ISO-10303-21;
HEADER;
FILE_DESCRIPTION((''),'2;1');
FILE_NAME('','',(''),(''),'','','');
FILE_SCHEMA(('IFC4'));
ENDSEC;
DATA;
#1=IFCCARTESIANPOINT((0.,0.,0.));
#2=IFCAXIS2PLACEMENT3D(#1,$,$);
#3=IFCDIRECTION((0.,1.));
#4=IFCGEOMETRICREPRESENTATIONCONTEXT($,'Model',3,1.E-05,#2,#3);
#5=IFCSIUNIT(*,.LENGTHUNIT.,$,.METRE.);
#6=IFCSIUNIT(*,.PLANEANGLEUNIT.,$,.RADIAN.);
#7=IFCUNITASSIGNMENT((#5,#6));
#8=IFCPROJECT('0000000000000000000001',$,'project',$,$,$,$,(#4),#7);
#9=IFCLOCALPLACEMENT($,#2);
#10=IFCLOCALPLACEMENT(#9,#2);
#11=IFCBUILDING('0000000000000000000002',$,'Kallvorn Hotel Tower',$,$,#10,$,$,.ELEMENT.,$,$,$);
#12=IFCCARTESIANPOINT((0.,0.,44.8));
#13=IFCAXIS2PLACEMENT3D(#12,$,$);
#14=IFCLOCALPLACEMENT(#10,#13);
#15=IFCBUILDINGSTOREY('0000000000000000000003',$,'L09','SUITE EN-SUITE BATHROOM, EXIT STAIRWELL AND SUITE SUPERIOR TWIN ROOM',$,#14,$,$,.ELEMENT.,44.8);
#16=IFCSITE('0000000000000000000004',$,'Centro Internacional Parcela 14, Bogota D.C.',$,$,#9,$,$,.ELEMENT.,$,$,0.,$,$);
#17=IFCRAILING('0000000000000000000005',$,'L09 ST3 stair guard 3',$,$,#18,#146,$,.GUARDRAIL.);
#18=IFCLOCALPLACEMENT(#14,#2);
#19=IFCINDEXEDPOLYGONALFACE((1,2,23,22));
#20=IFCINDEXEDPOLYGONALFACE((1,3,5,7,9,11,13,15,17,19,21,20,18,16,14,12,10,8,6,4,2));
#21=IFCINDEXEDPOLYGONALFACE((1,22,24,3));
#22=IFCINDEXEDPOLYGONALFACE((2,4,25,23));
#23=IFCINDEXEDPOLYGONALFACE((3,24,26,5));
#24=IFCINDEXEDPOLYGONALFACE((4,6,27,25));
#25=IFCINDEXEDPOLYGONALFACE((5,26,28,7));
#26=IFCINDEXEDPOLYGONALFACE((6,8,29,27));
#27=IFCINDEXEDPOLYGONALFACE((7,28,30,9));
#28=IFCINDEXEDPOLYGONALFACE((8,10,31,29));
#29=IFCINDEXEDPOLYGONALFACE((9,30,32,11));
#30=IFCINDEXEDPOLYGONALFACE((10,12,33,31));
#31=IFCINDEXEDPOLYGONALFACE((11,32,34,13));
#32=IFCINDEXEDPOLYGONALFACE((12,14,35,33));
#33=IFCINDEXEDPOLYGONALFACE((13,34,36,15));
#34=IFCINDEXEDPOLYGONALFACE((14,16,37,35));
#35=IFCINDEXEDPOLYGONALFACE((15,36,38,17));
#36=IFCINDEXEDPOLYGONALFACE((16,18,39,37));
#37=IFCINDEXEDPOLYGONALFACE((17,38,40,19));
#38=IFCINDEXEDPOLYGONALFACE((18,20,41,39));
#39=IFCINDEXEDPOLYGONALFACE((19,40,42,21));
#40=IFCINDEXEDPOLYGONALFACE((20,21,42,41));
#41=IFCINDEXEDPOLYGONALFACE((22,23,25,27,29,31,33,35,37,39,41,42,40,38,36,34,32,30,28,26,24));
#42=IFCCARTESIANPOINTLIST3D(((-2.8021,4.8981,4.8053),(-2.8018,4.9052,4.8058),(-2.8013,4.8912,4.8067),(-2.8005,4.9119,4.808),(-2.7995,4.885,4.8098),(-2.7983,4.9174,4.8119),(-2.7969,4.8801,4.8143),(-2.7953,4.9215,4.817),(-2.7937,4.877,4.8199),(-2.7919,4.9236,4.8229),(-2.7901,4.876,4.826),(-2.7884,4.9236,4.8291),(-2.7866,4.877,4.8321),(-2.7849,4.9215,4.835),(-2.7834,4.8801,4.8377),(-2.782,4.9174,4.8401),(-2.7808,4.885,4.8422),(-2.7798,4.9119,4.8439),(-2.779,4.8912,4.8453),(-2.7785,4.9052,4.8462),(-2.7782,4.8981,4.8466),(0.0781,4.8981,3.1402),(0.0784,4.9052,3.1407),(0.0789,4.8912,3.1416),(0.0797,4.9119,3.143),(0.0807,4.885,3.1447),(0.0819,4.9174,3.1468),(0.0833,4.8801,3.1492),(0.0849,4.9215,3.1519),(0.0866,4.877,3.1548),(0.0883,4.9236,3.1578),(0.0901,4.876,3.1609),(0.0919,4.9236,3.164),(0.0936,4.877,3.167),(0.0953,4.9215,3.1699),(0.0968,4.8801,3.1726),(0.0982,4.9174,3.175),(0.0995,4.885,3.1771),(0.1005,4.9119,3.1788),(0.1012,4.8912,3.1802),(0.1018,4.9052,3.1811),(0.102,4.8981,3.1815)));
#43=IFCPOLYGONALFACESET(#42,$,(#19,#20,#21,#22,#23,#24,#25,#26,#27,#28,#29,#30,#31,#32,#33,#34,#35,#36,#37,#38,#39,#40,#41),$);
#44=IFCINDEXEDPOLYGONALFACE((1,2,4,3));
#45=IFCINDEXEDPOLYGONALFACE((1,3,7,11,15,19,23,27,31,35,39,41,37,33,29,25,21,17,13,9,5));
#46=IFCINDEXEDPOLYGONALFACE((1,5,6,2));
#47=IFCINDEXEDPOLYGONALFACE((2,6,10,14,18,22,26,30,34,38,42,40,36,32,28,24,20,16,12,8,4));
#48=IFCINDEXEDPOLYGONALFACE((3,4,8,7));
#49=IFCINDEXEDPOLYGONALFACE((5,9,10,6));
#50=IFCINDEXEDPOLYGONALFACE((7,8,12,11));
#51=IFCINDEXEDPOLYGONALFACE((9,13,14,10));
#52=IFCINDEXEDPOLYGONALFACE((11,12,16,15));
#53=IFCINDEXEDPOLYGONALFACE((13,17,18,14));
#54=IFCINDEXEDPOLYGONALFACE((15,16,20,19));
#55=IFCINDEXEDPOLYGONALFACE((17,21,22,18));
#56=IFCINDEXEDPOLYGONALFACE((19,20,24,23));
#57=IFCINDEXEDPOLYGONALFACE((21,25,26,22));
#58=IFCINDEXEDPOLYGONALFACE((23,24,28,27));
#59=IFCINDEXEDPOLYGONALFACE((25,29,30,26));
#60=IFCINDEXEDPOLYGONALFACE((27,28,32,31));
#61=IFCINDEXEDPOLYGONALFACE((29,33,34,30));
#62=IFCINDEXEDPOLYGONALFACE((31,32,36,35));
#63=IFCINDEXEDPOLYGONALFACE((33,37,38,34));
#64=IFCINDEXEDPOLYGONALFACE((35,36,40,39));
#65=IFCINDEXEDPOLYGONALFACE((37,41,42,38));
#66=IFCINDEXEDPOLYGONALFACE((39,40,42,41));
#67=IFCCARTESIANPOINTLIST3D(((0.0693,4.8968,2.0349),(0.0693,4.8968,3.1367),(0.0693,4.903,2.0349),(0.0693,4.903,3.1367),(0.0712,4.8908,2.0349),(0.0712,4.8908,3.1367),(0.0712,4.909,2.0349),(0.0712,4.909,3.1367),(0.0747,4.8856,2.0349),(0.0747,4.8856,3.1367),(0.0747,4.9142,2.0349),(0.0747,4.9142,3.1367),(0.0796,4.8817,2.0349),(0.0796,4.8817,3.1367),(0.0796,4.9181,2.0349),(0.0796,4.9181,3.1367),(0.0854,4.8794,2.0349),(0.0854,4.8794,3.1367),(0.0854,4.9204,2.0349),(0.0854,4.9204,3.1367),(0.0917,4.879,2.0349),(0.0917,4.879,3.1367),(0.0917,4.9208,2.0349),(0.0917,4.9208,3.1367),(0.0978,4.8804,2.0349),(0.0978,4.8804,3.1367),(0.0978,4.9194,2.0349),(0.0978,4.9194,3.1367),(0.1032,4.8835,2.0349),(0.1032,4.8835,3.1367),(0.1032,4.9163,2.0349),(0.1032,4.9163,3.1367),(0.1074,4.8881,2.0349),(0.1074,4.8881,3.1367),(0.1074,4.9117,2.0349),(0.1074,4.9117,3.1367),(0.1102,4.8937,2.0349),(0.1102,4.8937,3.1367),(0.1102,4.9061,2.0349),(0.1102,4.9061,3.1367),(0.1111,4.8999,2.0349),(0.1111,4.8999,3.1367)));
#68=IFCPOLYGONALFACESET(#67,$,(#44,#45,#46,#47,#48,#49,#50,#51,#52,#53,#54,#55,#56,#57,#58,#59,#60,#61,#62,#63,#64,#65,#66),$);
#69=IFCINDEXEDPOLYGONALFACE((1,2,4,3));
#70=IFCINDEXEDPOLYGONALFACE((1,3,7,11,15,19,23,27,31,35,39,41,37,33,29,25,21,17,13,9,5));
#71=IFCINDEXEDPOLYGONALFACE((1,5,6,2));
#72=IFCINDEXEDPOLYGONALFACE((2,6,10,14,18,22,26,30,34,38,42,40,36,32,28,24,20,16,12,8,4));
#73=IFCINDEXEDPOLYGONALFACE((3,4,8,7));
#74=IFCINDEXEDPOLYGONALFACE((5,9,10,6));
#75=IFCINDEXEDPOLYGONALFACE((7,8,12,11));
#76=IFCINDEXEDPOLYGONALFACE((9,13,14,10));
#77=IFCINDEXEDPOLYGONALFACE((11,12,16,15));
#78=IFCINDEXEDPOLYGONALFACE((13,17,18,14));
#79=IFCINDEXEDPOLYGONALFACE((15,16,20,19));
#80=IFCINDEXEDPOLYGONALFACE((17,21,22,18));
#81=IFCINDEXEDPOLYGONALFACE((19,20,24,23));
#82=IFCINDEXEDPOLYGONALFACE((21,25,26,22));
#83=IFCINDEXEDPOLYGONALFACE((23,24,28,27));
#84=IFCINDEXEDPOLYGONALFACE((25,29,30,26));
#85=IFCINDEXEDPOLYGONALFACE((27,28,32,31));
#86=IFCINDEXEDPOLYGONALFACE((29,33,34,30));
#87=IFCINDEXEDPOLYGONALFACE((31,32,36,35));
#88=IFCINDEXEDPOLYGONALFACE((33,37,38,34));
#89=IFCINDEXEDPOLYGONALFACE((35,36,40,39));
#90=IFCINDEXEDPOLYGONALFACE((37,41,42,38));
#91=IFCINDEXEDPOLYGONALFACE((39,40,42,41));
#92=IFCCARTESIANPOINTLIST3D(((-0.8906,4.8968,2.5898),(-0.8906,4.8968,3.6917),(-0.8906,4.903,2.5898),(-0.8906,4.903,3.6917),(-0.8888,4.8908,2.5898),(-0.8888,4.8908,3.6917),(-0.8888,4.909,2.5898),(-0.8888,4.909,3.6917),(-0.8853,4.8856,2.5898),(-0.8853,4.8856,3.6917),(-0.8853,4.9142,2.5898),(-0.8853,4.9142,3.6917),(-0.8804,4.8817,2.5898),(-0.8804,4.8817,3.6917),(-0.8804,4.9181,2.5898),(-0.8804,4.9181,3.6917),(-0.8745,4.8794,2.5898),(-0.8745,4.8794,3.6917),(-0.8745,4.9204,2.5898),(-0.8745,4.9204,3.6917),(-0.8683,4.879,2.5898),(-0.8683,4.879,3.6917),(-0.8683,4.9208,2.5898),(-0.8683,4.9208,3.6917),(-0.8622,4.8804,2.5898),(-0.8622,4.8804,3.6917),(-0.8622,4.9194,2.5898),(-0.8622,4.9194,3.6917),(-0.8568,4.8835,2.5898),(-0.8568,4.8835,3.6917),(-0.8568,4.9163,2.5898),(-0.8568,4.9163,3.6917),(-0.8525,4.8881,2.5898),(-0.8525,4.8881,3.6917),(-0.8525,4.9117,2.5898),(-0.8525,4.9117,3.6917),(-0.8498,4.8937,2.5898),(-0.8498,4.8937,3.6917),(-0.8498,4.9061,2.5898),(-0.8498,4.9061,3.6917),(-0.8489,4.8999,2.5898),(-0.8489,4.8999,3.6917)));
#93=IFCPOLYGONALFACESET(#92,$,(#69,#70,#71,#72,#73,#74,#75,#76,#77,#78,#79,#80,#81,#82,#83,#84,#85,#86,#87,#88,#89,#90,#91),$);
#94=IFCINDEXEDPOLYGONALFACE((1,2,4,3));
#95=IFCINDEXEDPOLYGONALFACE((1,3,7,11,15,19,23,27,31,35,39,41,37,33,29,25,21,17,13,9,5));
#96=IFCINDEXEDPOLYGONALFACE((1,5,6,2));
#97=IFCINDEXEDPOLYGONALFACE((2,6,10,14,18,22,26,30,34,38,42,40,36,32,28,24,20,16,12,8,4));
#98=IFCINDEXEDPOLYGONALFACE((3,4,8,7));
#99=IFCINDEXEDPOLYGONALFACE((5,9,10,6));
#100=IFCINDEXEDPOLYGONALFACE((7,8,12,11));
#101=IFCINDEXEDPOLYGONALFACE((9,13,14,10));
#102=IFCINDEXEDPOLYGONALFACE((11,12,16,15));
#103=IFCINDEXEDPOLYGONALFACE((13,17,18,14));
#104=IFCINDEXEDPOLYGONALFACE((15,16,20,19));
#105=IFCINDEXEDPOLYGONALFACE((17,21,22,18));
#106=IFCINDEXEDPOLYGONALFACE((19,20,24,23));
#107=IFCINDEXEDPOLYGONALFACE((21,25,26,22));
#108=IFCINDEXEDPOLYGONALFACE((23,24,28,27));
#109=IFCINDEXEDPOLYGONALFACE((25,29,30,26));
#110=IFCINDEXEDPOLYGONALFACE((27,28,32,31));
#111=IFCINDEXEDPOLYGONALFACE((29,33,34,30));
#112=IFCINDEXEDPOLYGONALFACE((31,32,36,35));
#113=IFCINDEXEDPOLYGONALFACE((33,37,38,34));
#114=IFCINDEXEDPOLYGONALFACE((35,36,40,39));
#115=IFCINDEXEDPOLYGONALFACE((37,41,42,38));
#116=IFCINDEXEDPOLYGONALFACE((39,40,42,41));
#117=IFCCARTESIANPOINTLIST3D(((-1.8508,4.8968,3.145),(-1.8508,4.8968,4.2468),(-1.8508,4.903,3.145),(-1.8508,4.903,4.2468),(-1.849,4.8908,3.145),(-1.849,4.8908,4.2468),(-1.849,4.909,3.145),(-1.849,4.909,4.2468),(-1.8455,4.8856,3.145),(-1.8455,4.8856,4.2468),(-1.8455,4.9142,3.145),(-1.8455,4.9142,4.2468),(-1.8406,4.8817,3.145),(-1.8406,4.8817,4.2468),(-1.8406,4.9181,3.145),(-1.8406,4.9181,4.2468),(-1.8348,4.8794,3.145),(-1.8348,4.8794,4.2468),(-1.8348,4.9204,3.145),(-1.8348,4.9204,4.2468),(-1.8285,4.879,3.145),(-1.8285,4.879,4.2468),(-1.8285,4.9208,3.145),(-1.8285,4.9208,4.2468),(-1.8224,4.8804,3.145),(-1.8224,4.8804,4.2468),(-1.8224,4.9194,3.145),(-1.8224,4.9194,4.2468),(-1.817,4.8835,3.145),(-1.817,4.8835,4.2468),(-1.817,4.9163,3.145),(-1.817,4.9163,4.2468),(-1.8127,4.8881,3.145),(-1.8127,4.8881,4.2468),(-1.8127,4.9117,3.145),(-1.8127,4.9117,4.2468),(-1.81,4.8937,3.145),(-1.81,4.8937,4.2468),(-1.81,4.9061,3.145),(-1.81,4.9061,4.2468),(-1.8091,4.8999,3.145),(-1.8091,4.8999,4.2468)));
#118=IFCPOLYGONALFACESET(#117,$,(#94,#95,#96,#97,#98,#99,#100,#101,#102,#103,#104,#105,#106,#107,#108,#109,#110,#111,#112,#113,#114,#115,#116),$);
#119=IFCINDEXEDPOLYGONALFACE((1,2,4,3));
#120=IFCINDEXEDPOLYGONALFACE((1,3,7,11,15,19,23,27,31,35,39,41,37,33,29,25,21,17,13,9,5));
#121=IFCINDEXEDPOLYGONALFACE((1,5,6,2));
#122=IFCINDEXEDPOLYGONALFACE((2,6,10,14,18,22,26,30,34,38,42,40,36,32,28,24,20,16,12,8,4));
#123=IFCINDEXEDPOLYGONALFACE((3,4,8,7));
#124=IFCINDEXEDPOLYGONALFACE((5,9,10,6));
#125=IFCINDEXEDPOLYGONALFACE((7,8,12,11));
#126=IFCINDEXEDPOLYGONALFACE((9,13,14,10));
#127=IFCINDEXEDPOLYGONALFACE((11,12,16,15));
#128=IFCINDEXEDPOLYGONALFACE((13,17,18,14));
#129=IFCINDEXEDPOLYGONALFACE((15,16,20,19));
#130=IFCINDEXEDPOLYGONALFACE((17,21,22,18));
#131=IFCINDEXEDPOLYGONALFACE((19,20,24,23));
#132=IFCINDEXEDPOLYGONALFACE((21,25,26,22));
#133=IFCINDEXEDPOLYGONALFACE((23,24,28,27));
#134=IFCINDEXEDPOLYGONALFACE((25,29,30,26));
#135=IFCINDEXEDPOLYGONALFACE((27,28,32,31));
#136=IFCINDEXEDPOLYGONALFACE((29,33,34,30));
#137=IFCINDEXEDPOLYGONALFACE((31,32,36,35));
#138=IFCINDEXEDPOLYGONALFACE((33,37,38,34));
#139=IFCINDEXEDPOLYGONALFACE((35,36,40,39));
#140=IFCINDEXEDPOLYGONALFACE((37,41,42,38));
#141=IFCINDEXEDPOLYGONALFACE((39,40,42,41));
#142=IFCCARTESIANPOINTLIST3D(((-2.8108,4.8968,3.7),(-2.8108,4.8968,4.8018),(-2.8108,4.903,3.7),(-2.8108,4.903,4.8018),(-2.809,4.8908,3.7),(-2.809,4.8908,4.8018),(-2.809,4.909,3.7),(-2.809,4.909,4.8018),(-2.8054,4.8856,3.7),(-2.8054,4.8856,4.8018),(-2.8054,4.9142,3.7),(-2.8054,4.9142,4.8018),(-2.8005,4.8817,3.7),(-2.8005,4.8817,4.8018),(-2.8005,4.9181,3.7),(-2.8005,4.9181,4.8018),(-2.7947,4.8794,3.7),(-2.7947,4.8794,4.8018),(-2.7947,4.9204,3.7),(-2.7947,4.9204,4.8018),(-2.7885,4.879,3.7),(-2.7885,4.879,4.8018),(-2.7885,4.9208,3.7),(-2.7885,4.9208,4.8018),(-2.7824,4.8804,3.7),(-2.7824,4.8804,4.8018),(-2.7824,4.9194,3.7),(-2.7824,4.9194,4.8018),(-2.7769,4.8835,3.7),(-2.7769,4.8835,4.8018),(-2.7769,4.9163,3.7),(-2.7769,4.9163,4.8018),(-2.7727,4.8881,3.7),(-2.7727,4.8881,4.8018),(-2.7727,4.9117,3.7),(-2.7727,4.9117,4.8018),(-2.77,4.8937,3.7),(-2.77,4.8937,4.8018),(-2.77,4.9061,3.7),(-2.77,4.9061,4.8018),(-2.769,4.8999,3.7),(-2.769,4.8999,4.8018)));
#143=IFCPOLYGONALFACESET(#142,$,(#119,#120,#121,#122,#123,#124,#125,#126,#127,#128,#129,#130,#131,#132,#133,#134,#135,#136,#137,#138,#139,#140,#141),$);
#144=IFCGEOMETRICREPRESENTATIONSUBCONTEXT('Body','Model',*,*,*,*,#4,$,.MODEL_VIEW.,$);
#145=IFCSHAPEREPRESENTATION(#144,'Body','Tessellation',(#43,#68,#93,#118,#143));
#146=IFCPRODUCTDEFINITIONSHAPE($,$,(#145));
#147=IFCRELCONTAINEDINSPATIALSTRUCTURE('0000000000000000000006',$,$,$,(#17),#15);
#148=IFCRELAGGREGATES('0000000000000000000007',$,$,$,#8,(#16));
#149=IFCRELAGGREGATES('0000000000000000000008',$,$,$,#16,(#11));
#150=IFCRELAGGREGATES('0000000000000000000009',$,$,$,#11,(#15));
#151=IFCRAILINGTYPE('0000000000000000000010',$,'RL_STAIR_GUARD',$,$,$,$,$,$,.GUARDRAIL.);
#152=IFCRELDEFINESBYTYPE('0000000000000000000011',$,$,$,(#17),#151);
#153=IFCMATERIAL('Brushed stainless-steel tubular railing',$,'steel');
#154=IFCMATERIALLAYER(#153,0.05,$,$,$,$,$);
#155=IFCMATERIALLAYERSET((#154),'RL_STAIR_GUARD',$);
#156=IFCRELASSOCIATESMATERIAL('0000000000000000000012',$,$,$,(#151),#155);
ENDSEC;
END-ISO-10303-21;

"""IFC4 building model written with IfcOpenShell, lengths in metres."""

from ifc_helpers import new_model, si_unit, direction, frame, origin, origin_2d, place, context, subcontext, project, spatial, circle, extrude, material, layer, layer_set, type_object, element, save


model = new_model("IFC4")

# Units and contexts
model_context = context("Model", 3, precision=1e-05, world=origin(), true_north=direction((0.0, 1.0)))
body_context = subcontext(model_context, "Body", "Model", "MODEL_VIEW")
ifc_project = project(units=[si_unit("LENGTHUNIT", "METRE"), si_unit("PLANEANGLEUNIT", "RADIAN")], contexts=[model_context])

# Site, building, storey
site_placement = place(None, origin())
site = spatial("IfcSite", under=ifc_project, at=site_placement, Name="Centro Internacional Parcela 14, Bogota D.C.", CompositionType="ELEMENT", RefElevation=0.0)
building_placement = place(site_placement, origin())
building = spatial("IfcBuilding", under=site, at=building_placement, Name="Kallvorn Hotel Tower", CompositionType="ELEMENT")
storey_placement = place(building_placement, frame((0.0, 0.0, 44.8)))
storey = spatial("IfcBuildingStorey", under=building, at=storey_placement, Name="L09", Description="SUITE EN-SUITE BATHROOM, EXIT STAIRWELL AND SUITE SUPERIOR TWIN ROOM", CompositionType="ELEMENT", Elevation=44.8)

# Railing
ifc_material_1 = material(Name="Brushed stainless-steel tubular railing", Category="steel")
ifc_layer_1 = layer(ifc_material_1, 0.05)
ifc_layer_set_1 = layer_set([ifc_layer_1], Name="RL_STAIR_GUARD")
railing_type_1 = type_object("IfcRailingType", Name="RL_STAIR_GUARD", PredefinedType="GUARDRAIL", material=ifc_layer_set_1)
railing_1_placement = place(storey_placement, frame((0.0901, 4.8999, 2.0349)))
element("IfcRailing", 1, at=railing_1_placement, inside=storey, type_object=railing_type_1, Name="L09 ST3 stair guard 3", PredefinedType="GUARDRAIL", context=body_context, shape_type="SweptSolid", body=[
    extrude(circle(Radius=0.0239, at=origin_2d()), frame((0.0, 0.0, 1.126), z_axis=(-0.865739, 0.0, 0.500495), x_axis=(0.0, -1.0, 0.0)), (0.0, 0.0, 1.0), 3.3269),
    extrude(circle(Radius=0.021, at=origin_2d()), origin(), (0.0, 0.0, 1.0), 1.1018),
    extrude(circle(Radius=0.021, at=origin_2d()), frame((-0.96, 0.0, 0.5549)), (0.0, 0.0, 1.0), 1.1018),
    extrude(circle(Radius=0.021, at=origin_2d()), frame((-1.9202, 0.0, 1.1101)), (0.0, 0.0, 1.0), 1.1018),
    extrude(circle(Radius=0.021, at=origin_2d()), frame((-2.8801, 0.0, 1.665)), (0.0, 0.0, 1.0), 1.1018),
])

save(model, "model.ifc")
